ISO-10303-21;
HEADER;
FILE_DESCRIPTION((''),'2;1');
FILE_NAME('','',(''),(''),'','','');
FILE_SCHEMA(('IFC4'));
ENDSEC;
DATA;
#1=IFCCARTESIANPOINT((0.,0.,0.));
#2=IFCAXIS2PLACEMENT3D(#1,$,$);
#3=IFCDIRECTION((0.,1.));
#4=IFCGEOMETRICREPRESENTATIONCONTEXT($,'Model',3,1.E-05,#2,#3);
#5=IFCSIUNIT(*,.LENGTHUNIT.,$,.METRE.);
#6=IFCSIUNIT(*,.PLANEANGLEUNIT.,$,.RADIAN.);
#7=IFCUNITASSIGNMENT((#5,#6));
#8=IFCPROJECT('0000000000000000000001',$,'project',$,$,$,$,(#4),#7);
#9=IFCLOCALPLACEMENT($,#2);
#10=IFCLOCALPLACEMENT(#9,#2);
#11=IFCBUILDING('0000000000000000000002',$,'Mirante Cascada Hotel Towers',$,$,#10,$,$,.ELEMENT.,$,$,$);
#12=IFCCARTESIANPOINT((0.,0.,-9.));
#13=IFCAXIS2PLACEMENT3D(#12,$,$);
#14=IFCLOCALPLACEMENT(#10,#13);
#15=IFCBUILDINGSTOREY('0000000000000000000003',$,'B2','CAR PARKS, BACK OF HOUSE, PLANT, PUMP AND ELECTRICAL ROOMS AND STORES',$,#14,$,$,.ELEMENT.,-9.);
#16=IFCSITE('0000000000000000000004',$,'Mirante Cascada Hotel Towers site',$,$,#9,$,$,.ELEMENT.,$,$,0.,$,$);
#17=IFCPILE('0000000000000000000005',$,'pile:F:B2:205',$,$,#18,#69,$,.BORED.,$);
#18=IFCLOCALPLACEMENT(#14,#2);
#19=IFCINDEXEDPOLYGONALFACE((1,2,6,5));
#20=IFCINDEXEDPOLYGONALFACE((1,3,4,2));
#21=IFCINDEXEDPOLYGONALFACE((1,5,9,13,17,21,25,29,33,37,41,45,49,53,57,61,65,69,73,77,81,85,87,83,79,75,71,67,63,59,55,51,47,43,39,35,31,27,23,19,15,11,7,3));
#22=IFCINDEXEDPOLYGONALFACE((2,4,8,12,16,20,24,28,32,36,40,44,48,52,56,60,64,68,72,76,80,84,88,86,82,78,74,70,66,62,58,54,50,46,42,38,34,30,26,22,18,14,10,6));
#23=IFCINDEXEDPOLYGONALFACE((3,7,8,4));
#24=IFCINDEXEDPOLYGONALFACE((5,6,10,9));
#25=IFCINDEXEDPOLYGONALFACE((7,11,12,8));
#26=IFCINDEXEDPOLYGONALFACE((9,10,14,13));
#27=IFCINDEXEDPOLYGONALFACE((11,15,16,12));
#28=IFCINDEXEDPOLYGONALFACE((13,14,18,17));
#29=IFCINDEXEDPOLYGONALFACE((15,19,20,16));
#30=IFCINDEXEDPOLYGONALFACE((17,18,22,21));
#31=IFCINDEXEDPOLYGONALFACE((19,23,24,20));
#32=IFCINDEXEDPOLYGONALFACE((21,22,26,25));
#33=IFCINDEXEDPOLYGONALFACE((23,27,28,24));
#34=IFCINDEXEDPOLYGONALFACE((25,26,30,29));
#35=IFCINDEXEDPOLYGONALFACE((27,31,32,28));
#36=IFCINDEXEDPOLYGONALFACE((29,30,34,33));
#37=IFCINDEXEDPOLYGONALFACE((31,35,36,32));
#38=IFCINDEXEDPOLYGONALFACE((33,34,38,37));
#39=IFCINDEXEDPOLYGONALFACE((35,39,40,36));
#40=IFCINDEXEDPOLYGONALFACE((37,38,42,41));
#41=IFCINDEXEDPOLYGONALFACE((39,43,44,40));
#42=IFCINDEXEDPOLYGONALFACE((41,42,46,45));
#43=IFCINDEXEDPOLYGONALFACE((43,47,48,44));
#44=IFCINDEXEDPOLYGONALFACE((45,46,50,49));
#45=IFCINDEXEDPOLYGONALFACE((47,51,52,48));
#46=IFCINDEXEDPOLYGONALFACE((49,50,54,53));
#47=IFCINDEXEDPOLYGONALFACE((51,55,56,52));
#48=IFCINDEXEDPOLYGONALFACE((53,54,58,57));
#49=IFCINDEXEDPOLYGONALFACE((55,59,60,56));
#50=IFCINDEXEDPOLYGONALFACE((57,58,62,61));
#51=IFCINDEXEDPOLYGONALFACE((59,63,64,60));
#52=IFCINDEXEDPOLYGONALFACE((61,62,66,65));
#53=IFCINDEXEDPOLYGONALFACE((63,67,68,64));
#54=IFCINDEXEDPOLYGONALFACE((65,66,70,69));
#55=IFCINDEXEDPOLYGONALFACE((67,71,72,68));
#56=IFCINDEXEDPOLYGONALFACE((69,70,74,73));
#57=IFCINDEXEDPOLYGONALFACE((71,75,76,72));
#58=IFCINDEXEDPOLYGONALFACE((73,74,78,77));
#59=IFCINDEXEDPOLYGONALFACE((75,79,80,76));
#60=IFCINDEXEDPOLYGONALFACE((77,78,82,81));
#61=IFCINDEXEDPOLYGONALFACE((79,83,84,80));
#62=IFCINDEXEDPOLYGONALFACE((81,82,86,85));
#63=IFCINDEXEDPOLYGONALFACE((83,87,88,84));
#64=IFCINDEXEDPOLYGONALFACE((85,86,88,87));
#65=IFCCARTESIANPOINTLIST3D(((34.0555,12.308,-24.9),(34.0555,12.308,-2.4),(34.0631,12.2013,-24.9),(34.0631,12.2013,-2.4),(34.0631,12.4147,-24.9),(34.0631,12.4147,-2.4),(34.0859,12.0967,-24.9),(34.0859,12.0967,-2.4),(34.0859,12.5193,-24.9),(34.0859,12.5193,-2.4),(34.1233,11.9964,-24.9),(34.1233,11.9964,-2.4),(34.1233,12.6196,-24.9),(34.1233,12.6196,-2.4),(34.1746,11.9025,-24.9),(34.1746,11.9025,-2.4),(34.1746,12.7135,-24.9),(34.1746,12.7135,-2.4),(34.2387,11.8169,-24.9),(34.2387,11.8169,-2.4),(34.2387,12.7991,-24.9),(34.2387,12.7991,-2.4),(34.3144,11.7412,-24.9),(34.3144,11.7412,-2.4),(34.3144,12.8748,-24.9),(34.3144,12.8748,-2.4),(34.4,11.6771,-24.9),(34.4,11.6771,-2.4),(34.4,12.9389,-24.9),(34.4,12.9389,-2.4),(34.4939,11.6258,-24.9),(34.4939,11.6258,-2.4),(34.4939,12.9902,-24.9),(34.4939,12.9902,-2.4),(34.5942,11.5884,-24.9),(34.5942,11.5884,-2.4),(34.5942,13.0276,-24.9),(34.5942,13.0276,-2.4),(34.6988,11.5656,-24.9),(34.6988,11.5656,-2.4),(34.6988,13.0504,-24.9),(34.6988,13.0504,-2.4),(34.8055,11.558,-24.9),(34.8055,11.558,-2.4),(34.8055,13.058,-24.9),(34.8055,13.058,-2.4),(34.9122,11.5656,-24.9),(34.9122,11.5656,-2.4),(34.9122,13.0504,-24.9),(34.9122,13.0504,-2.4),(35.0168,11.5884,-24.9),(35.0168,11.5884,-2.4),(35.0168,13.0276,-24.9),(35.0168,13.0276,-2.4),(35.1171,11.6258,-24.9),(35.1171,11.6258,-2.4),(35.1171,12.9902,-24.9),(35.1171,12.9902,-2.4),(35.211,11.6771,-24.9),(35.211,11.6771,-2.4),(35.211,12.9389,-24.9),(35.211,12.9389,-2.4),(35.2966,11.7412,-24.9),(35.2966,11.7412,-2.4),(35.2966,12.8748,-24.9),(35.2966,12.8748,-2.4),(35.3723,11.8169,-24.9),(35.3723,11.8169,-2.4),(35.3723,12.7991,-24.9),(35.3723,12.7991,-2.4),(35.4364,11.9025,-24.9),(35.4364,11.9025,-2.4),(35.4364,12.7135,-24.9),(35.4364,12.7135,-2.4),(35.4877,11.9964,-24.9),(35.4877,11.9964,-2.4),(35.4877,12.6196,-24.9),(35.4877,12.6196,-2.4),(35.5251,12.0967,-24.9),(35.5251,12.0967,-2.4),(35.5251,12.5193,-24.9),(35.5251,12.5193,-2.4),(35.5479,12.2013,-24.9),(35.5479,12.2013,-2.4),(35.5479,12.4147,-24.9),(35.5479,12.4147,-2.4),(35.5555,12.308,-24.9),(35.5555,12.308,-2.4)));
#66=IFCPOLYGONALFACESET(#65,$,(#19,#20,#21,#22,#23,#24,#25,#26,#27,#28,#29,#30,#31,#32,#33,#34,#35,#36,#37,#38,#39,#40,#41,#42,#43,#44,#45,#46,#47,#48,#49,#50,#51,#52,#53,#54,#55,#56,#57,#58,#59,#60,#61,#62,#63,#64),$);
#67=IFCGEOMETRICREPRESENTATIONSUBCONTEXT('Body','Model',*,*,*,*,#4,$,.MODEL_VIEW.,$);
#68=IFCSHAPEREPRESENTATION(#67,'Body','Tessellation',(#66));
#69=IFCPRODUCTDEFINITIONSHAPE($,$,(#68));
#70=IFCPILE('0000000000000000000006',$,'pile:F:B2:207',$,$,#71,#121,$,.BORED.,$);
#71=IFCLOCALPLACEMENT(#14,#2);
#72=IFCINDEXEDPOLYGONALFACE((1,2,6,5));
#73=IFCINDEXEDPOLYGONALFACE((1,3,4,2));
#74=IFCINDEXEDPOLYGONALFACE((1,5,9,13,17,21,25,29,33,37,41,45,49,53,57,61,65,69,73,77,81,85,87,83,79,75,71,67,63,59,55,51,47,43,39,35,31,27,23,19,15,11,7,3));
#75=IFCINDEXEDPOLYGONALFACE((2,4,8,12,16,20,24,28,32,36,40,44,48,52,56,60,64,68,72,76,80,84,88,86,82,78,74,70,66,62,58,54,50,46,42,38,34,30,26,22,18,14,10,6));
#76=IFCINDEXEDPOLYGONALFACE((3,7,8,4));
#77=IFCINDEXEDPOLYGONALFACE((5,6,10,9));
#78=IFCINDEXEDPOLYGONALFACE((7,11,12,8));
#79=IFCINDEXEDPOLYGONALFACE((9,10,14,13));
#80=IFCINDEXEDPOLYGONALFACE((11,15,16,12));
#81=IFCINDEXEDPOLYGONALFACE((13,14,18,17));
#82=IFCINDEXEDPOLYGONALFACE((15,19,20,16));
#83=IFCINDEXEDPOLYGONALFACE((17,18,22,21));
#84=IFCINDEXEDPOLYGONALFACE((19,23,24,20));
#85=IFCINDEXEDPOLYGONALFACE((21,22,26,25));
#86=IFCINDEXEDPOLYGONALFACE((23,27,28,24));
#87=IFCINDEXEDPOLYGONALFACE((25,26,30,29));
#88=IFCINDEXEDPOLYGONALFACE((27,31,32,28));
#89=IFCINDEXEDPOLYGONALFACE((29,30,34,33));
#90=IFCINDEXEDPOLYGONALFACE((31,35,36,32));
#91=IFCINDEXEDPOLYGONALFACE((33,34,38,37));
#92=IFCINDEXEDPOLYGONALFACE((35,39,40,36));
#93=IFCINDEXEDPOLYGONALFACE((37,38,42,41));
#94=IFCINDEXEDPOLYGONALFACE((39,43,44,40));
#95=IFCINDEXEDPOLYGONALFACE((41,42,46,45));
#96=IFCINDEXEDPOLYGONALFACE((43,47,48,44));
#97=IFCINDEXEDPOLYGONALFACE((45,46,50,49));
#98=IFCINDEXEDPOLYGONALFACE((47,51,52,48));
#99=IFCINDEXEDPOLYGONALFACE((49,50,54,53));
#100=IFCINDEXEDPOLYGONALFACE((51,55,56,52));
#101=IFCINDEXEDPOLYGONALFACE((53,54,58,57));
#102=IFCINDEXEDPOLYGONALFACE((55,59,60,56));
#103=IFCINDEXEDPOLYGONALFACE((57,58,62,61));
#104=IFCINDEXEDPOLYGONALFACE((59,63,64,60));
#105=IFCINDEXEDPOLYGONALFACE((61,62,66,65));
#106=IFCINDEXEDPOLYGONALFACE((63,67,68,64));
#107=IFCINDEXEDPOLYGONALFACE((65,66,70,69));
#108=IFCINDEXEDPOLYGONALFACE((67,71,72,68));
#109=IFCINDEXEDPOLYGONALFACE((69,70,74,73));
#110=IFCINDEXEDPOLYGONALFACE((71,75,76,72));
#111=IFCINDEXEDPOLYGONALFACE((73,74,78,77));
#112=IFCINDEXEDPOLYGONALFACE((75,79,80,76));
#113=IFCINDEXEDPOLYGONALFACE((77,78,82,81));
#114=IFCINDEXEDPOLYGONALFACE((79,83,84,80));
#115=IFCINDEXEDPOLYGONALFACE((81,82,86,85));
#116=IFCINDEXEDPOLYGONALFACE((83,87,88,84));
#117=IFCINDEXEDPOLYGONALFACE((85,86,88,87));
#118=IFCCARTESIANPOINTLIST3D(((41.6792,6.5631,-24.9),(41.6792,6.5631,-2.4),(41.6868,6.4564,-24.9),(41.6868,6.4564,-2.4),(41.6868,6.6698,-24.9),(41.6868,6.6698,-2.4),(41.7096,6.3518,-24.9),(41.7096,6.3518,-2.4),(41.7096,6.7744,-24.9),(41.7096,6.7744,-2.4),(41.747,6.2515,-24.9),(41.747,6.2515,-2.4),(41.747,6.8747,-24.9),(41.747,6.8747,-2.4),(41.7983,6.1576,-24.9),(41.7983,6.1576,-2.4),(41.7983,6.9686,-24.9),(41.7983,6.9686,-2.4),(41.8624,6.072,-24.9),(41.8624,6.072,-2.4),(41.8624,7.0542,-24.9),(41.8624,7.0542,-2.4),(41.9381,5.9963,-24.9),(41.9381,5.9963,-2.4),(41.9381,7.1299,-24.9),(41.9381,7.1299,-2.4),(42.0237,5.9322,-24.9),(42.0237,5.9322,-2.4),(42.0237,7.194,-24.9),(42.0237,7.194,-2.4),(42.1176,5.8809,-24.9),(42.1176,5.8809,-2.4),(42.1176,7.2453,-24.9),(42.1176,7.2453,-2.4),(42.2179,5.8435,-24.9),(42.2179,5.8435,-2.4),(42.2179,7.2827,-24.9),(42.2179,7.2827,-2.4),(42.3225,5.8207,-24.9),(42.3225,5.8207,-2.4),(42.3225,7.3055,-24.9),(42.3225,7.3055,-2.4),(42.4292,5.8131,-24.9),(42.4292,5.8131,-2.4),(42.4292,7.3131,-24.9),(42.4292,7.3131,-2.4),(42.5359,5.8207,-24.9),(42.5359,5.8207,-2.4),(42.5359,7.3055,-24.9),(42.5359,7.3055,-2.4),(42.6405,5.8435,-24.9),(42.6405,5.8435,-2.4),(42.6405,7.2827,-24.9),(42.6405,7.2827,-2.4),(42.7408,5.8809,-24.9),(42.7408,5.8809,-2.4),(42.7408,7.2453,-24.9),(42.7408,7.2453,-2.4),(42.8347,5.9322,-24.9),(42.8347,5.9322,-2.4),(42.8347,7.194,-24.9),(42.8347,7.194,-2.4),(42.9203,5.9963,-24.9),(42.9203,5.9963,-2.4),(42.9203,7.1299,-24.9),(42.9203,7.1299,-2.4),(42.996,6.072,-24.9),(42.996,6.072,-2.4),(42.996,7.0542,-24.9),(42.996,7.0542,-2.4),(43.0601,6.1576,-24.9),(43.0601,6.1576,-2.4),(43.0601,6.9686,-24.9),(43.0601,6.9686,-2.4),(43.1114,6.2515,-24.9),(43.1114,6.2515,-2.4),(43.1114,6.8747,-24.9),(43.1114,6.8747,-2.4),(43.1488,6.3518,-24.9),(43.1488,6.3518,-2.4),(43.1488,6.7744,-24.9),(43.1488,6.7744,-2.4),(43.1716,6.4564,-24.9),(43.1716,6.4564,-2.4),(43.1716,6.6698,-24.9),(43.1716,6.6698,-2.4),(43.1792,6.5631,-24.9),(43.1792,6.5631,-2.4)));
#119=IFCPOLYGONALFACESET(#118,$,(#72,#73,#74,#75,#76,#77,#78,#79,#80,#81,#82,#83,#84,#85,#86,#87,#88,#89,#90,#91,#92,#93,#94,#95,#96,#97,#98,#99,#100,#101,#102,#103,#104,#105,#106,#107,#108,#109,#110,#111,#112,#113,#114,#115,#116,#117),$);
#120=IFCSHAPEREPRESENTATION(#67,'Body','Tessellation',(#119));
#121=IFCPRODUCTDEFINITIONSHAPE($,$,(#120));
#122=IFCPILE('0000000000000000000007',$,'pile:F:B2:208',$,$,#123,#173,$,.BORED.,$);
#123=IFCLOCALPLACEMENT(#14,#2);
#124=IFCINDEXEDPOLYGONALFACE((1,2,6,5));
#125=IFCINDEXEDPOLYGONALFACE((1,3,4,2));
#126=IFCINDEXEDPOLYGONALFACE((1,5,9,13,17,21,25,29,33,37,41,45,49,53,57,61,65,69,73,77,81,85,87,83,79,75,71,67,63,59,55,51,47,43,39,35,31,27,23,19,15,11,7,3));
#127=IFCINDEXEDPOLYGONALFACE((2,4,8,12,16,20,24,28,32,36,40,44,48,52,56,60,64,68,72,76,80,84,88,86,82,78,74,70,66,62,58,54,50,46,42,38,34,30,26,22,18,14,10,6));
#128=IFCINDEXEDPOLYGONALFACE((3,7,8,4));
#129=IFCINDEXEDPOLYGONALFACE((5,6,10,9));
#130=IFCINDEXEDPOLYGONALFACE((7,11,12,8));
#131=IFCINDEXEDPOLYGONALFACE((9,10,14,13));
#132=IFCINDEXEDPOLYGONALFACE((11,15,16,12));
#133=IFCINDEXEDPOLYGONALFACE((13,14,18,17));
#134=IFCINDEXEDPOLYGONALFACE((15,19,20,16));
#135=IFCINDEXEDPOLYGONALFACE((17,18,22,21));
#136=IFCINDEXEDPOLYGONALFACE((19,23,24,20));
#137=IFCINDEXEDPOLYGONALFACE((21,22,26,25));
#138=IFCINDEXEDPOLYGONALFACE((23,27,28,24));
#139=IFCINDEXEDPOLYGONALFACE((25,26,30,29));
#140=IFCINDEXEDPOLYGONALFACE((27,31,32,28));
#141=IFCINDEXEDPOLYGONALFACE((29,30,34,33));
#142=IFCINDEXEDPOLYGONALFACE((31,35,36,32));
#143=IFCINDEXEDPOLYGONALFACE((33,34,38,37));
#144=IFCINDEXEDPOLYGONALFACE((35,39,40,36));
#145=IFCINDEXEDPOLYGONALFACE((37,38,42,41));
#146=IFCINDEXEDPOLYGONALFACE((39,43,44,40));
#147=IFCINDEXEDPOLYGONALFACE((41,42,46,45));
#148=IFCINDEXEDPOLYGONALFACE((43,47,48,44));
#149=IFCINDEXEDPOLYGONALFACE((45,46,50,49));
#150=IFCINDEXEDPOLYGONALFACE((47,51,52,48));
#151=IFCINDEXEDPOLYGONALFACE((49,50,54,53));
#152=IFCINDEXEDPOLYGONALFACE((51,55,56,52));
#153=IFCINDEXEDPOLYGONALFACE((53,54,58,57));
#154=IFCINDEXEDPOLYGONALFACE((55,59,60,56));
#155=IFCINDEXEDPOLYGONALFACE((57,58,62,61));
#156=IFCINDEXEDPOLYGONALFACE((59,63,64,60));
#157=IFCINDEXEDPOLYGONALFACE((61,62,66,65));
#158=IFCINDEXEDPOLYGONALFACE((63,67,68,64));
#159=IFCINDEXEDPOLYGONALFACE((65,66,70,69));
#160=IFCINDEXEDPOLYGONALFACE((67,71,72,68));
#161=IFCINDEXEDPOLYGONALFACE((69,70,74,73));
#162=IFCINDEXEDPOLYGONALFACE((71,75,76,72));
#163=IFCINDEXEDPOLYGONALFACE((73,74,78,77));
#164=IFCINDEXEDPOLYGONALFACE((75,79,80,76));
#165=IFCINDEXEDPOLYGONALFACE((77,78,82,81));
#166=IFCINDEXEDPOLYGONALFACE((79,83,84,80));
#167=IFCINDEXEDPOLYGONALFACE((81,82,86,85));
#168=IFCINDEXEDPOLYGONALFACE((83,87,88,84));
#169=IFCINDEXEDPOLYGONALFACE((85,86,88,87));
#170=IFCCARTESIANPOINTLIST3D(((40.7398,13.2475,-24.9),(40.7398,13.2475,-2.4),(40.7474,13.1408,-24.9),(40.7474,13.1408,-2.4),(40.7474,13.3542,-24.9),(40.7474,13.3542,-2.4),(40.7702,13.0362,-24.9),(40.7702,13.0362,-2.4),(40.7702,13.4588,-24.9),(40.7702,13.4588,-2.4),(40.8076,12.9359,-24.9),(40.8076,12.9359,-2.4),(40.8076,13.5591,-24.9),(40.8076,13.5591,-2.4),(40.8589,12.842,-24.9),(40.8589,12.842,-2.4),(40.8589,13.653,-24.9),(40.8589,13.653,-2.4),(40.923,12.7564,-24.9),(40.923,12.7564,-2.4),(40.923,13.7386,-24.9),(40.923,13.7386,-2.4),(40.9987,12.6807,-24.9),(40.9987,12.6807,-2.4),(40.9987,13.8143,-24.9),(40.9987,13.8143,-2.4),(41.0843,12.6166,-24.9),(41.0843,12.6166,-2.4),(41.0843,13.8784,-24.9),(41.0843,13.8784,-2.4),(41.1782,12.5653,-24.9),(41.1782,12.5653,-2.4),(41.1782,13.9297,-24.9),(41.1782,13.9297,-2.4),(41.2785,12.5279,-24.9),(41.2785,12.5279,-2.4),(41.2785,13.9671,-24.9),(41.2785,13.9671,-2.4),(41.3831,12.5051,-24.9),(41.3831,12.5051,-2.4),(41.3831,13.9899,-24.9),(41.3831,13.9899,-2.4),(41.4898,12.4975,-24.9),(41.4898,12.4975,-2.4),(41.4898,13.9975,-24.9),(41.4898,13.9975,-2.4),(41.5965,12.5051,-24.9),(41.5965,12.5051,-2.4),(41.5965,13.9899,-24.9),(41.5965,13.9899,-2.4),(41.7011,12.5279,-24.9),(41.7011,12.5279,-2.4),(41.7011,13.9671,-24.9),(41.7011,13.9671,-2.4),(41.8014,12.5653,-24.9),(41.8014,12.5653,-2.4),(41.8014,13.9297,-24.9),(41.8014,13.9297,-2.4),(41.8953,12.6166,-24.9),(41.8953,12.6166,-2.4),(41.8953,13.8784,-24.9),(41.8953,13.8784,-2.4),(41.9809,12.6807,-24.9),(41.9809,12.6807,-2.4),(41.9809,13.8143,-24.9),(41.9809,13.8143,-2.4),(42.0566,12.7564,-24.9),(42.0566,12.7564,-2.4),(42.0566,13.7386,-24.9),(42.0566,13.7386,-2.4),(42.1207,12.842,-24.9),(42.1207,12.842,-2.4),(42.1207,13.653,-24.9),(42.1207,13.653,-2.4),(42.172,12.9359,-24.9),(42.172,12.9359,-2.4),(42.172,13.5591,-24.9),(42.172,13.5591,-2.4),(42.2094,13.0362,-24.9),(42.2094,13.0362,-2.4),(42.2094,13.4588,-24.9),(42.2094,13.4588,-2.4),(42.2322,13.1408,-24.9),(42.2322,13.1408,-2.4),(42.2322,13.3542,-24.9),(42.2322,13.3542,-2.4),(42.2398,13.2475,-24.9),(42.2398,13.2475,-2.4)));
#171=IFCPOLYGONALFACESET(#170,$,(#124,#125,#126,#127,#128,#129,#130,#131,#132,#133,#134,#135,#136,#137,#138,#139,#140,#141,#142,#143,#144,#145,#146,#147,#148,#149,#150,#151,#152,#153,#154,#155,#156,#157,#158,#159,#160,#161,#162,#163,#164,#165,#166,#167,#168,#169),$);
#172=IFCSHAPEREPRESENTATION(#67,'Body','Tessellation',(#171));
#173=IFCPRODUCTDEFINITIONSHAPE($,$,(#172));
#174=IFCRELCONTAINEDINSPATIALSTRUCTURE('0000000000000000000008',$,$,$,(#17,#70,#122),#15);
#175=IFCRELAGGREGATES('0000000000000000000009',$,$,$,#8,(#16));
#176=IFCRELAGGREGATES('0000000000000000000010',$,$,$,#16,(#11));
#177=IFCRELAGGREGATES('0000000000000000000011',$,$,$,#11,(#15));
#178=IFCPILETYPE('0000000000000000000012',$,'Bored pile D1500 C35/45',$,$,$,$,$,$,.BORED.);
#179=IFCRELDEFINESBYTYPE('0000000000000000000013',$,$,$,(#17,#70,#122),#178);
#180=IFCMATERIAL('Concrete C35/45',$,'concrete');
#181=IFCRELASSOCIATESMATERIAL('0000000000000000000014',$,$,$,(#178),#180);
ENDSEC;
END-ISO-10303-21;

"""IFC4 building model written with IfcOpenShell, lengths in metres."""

from ifc_helpers import new_model, si_unit, direction, frame, origin, origin_2d, place, context, subcontext, project, spatial, circle, extrude, material, material_profile, profile_set, type_object, element, save


model = new_model("IFC4")

# Units and contexts
model_context = context("Model", 3, precision=1e-05, world=origin(), true_north=direction((0.0, 1.0)))
body_context = subcontext(model_context, "Body", "Model", "MODEL_VIEW")
ifc_project = project(units=[si_unit("LENGTHUNIT", "METRE"), si_unit("PLANEANGLEUNIT", "RADIAN")], contexts=[model_context])

# Site, building, storey
site_placement = place(None, origin())
site = spatial("IfcSite", under=ifc_project, at=site_placement, Name="Mirante Cascada Hotel Towers site", CompositionType="ELEMENT", RefElevation=0.0)
building_placement = place(site_placement, origin())
building = spatial("IfcBuilding", under=site, at=building_placement, Name="Mirante Cascada Hotel Towers", CompositionType="ELEMENT")
storey_placement = place(building_placement, frame((0.0, 0.0, -9.0)))
storey = spatial("IfcBuildingStorey", under=building, at=storey_placement, Name="B2", Description="CAR PARKS, BACK OF HOUSE, PLANT, PUMP AND ELECTRICAL ROOMS AND STORES", CompositionType="ELEMENT", Elevation=-9.0)

# Piles
ifc_material_1 = material(Name="Concrete C35/45", Category="concrete")
ifc_material_profile_1 = material_profile(ifc_material_1, circle(Radius=0.75, at=origin_2d()), Name="RC D1500")
ifc_profile_set_1 = profile_set([ifc_material_profile_1], Name="Concrete C35/45")
pile_type = type_object("IfcPileType", Name="Bored pile D1500 C35/45", PredefinedType="BORED", material=ifc_profile_set_1)
for number, where, z_axis, x_axis, name in (
    (1, (34.8055, 12.308, -2.4), (0.0, 0.0, -1.0), (1.0, 0.0, 0.0), "pile:F:B2:205"),
    (2, (42.4292, 6.5631, -2.4), (0.0, 0.0, -1.0), (1.0, 0.0, 0.0), "pile:F:B2:207"),
    (3, (41.4898, 13.2475, -2.4), (0.0, 0.0, -1.0), (1.0, 0.0, 0.0), "pile:F:B2:208"),
):
    element("IfcPile", number, at=place(storey_placement, frame(where, z_axis=z_axis, x_axis=x_axis)), inside=storey, type_object=pile_type, Name=name, PredefinedType="BORED", context=body_context, shape_type="SweptSolid", body=[
        extrude(circle(Radius=0.75, at=origin_2d()), origin(), (0.0, 0.0, 1.0), 22.5),
    ])

save(model, "model.ifc")
